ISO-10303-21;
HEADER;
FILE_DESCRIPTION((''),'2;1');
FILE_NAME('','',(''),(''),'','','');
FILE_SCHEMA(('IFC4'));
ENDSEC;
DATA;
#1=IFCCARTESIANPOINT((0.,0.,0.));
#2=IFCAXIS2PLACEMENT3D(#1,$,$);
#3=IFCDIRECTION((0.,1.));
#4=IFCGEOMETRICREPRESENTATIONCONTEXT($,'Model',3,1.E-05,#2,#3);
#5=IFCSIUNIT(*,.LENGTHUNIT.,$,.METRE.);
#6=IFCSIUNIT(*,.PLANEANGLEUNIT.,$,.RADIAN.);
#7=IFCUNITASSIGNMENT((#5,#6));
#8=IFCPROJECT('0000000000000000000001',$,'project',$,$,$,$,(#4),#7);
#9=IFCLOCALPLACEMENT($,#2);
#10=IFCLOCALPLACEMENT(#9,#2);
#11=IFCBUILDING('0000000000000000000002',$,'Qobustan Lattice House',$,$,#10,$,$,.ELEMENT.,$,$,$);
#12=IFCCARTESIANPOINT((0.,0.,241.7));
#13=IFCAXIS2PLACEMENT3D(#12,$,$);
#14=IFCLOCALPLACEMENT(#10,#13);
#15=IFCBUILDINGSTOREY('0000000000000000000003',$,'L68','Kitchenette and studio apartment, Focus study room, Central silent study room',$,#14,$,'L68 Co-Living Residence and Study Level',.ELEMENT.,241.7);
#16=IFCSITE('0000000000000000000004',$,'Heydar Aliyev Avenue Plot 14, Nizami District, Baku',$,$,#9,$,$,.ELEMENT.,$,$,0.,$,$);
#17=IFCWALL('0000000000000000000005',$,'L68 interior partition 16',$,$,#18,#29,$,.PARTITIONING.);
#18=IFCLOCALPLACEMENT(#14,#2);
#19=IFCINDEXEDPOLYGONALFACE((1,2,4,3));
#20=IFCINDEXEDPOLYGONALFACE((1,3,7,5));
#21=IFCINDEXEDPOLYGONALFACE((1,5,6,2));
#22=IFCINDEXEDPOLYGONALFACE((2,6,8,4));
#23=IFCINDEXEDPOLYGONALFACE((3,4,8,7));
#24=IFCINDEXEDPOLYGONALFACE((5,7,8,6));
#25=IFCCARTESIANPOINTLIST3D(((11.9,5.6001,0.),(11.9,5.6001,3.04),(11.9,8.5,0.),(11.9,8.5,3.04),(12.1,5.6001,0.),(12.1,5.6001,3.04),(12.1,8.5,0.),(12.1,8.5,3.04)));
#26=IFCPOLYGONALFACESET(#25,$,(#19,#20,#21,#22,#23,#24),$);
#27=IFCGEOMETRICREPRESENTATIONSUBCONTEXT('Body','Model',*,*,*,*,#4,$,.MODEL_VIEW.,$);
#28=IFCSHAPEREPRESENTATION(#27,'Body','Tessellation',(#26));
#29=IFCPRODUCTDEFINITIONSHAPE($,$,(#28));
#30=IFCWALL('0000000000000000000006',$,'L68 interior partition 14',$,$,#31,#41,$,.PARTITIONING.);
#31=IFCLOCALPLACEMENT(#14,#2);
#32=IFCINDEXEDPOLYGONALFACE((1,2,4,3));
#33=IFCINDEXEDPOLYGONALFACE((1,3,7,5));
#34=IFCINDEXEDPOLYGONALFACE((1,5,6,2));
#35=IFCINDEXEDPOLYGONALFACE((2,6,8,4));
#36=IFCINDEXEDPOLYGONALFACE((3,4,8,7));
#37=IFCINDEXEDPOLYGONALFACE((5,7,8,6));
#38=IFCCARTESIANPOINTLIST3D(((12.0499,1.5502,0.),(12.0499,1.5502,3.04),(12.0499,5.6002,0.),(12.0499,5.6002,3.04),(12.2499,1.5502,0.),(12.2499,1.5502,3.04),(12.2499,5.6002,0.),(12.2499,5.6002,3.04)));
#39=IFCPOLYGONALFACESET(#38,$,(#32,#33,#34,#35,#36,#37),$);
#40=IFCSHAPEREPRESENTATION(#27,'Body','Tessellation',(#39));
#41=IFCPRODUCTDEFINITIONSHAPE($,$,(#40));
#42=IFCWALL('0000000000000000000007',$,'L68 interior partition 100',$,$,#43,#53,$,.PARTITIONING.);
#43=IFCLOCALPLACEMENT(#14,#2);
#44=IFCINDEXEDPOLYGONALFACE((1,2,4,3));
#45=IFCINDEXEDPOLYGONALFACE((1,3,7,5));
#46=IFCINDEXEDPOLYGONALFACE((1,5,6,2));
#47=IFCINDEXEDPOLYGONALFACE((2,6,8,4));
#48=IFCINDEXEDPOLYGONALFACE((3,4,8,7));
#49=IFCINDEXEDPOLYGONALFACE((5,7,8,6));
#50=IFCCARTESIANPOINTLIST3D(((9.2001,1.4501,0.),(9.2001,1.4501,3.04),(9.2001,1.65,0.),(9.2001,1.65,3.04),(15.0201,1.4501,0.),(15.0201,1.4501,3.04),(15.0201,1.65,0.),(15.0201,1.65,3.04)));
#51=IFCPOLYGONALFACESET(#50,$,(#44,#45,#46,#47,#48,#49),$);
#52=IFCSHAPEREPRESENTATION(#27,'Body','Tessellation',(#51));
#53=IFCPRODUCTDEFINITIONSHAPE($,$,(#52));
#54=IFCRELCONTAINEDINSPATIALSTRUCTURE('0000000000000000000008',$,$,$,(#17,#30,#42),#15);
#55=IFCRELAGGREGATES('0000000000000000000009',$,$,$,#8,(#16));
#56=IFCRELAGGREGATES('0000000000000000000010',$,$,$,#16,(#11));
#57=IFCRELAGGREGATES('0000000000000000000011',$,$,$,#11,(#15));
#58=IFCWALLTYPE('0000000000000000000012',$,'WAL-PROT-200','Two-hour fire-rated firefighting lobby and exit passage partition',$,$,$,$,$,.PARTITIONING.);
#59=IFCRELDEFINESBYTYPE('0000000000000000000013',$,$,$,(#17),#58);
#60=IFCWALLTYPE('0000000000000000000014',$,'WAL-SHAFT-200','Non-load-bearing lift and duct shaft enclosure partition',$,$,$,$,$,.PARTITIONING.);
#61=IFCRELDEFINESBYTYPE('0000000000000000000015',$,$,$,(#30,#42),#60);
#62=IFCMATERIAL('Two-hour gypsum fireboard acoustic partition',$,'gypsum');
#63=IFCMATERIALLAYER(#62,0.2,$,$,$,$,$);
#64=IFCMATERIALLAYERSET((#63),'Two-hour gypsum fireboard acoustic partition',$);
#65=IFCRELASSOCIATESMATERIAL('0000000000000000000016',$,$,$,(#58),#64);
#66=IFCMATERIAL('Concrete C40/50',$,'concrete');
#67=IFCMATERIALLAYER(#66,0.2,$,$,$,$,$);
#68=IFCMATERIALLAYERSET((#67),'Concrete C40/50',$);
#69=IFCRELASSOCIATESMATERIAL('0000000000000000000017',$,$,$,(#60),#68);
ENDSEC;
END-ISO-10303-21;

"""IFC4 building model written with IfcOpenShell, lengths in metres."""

from ifc_helpers import new_model, si_unit, direction, frame, frame_2d, origin, place, context, subcontext, project, spatial, rectangle, extrude, material, layer, layer_set, type_object, element, save


model = new_model("IFC4")

# Units and contexts
model_context = context("Model", 3, precision=1e-05, world=origin(), true_north=direction((0.0, 1.0)))
body_context = subcontext(model_context, "Body", "Model", "MODEL_VIEW")
ifc_project = project(units=[si_unit("LENGTHUNIT", "METRE"), si_unit("PLANEANGLEUNIT", "RADIAN")], contexts=[model_context])

# Site, building, storey
site_placement = place(None, origin())
site = spatial("IfcSite", under=ifc_project, at=site_placement, Name="Heydar Aliyev Avenue Plot 14, Nizami District, Baku", CompositionType="ELEMENT", RefElevation=0.0)
building_placement = place(site_placement, origin())
building = spatial("IfcBuilding", under=site, at=building_placement, Name="Qobustan Lattice House", CompositionType="ELEMENT")
storey_placement = place(building_placement, frame((0.0, 0.0, 241.7)))
storey = spatial("IfcBuildingStorey", under=building, at=storey_placement, Name="L68", Description="Kitchenette and studio apartment, Focus study room, Central silent study room", LongName="L68 Co-Living Residence and Study Level", CompositionType="ELEMENT", Elevation=241.7)

# Walls
ifc_material_1 = material(Name="Two-hour gypsum fireboard acoustic partition", Category="gypsum")
ifc_layer_1 = layer(ifc_material_1, 0.2)
ifc_layer_set_1 = layer_set([ifc_layer_1], Name="Two-hour gypsum fireboard acoustic partition")
wall_type_1 = type_object("IfcWallType", Name="WAL-PROT-200", Description="Two-hour fire-rated firefighting lobby and exit passage partition", PredefinedType="PARTITIONING", material=ifc_layer_set_1)
wall_1_placement = place(storey_placement, frame((12.0, 8.5, 0.0), z_axis=(0.0, 0.0, 1.0), x_axis=(0.0, -1.0, 0.0)))
element("IfcWall", 1, at=wall_1_placement, inside=storey, type_object=wall_type_1, Name="L68 interior partition 16", PredefinedType="PARTITIONING", context=body_context, shape_type="SweptSolid", body=[
    extrude(rectangle(XDim=2.8999, YDim=0.2, at=frame_2d((1.45, 0.0))), origin(), (0.0, 0.0, 1.0), 3.04),
])
ifc_material_2 = material(Name="Concrete C40/50", Category="concrete")
ifc_layer_2 = layer(ifc_material_2, 0.2)
ifc_layer_set_2 = layer_set([ifc_layer_2], Name="Concrete C40/50")
wall_type_2 = type_object("IfcWallType", Name="WAL-SHAFT-200", Description="Non-load-bearing lift and duct shaft enclosure partition", PredefinedType="PARTITIONING", material=ifc_layer_set_2)
wall_2_placement = place(storey_placement, frame((12.1499, 5.6001, 0.0), z_axis=(0.0, 0.0, 1.0), x_axis=(0.0, -1.0, 0.0)))
element("IfcWall", 2, at=wall_2_placement, inside=storey, type_object=wall_type_2, Name="L68 interior partition 14", PredefinedType="PARTITIONING", context=body_context, shape_type="SweptSolid", body=[
    extrude(rectangle(XDim=4.05, YDim=0.2, at=frame_2d((2.0249, 0.0))), origin(), (0.0, 0.0, 1.0), 3.04),
])
wall_3_placement = place(storey_placement, frame((9.2, 1.55, 0.0), z_axis=(0.0, 0.0, 1.0), x_axis=(1.0, 0.0, 0.0)))
element("IfcWall", 3, at=wall_3_placement, inside=storey, type_object=wall_type_2, Name="L68 interior partition 100", PredefinedType="PARTITIONING", context=body_context, shape_type="SweptSolid", body=[
    extrude(rectangle(XDim=5.8201, YDim=0.2, at=frame_2d((2.9102, 0.0))), origin(), (0.0, 0.0, 1.0), 3.04),
])

save(model, "model.ifc")
